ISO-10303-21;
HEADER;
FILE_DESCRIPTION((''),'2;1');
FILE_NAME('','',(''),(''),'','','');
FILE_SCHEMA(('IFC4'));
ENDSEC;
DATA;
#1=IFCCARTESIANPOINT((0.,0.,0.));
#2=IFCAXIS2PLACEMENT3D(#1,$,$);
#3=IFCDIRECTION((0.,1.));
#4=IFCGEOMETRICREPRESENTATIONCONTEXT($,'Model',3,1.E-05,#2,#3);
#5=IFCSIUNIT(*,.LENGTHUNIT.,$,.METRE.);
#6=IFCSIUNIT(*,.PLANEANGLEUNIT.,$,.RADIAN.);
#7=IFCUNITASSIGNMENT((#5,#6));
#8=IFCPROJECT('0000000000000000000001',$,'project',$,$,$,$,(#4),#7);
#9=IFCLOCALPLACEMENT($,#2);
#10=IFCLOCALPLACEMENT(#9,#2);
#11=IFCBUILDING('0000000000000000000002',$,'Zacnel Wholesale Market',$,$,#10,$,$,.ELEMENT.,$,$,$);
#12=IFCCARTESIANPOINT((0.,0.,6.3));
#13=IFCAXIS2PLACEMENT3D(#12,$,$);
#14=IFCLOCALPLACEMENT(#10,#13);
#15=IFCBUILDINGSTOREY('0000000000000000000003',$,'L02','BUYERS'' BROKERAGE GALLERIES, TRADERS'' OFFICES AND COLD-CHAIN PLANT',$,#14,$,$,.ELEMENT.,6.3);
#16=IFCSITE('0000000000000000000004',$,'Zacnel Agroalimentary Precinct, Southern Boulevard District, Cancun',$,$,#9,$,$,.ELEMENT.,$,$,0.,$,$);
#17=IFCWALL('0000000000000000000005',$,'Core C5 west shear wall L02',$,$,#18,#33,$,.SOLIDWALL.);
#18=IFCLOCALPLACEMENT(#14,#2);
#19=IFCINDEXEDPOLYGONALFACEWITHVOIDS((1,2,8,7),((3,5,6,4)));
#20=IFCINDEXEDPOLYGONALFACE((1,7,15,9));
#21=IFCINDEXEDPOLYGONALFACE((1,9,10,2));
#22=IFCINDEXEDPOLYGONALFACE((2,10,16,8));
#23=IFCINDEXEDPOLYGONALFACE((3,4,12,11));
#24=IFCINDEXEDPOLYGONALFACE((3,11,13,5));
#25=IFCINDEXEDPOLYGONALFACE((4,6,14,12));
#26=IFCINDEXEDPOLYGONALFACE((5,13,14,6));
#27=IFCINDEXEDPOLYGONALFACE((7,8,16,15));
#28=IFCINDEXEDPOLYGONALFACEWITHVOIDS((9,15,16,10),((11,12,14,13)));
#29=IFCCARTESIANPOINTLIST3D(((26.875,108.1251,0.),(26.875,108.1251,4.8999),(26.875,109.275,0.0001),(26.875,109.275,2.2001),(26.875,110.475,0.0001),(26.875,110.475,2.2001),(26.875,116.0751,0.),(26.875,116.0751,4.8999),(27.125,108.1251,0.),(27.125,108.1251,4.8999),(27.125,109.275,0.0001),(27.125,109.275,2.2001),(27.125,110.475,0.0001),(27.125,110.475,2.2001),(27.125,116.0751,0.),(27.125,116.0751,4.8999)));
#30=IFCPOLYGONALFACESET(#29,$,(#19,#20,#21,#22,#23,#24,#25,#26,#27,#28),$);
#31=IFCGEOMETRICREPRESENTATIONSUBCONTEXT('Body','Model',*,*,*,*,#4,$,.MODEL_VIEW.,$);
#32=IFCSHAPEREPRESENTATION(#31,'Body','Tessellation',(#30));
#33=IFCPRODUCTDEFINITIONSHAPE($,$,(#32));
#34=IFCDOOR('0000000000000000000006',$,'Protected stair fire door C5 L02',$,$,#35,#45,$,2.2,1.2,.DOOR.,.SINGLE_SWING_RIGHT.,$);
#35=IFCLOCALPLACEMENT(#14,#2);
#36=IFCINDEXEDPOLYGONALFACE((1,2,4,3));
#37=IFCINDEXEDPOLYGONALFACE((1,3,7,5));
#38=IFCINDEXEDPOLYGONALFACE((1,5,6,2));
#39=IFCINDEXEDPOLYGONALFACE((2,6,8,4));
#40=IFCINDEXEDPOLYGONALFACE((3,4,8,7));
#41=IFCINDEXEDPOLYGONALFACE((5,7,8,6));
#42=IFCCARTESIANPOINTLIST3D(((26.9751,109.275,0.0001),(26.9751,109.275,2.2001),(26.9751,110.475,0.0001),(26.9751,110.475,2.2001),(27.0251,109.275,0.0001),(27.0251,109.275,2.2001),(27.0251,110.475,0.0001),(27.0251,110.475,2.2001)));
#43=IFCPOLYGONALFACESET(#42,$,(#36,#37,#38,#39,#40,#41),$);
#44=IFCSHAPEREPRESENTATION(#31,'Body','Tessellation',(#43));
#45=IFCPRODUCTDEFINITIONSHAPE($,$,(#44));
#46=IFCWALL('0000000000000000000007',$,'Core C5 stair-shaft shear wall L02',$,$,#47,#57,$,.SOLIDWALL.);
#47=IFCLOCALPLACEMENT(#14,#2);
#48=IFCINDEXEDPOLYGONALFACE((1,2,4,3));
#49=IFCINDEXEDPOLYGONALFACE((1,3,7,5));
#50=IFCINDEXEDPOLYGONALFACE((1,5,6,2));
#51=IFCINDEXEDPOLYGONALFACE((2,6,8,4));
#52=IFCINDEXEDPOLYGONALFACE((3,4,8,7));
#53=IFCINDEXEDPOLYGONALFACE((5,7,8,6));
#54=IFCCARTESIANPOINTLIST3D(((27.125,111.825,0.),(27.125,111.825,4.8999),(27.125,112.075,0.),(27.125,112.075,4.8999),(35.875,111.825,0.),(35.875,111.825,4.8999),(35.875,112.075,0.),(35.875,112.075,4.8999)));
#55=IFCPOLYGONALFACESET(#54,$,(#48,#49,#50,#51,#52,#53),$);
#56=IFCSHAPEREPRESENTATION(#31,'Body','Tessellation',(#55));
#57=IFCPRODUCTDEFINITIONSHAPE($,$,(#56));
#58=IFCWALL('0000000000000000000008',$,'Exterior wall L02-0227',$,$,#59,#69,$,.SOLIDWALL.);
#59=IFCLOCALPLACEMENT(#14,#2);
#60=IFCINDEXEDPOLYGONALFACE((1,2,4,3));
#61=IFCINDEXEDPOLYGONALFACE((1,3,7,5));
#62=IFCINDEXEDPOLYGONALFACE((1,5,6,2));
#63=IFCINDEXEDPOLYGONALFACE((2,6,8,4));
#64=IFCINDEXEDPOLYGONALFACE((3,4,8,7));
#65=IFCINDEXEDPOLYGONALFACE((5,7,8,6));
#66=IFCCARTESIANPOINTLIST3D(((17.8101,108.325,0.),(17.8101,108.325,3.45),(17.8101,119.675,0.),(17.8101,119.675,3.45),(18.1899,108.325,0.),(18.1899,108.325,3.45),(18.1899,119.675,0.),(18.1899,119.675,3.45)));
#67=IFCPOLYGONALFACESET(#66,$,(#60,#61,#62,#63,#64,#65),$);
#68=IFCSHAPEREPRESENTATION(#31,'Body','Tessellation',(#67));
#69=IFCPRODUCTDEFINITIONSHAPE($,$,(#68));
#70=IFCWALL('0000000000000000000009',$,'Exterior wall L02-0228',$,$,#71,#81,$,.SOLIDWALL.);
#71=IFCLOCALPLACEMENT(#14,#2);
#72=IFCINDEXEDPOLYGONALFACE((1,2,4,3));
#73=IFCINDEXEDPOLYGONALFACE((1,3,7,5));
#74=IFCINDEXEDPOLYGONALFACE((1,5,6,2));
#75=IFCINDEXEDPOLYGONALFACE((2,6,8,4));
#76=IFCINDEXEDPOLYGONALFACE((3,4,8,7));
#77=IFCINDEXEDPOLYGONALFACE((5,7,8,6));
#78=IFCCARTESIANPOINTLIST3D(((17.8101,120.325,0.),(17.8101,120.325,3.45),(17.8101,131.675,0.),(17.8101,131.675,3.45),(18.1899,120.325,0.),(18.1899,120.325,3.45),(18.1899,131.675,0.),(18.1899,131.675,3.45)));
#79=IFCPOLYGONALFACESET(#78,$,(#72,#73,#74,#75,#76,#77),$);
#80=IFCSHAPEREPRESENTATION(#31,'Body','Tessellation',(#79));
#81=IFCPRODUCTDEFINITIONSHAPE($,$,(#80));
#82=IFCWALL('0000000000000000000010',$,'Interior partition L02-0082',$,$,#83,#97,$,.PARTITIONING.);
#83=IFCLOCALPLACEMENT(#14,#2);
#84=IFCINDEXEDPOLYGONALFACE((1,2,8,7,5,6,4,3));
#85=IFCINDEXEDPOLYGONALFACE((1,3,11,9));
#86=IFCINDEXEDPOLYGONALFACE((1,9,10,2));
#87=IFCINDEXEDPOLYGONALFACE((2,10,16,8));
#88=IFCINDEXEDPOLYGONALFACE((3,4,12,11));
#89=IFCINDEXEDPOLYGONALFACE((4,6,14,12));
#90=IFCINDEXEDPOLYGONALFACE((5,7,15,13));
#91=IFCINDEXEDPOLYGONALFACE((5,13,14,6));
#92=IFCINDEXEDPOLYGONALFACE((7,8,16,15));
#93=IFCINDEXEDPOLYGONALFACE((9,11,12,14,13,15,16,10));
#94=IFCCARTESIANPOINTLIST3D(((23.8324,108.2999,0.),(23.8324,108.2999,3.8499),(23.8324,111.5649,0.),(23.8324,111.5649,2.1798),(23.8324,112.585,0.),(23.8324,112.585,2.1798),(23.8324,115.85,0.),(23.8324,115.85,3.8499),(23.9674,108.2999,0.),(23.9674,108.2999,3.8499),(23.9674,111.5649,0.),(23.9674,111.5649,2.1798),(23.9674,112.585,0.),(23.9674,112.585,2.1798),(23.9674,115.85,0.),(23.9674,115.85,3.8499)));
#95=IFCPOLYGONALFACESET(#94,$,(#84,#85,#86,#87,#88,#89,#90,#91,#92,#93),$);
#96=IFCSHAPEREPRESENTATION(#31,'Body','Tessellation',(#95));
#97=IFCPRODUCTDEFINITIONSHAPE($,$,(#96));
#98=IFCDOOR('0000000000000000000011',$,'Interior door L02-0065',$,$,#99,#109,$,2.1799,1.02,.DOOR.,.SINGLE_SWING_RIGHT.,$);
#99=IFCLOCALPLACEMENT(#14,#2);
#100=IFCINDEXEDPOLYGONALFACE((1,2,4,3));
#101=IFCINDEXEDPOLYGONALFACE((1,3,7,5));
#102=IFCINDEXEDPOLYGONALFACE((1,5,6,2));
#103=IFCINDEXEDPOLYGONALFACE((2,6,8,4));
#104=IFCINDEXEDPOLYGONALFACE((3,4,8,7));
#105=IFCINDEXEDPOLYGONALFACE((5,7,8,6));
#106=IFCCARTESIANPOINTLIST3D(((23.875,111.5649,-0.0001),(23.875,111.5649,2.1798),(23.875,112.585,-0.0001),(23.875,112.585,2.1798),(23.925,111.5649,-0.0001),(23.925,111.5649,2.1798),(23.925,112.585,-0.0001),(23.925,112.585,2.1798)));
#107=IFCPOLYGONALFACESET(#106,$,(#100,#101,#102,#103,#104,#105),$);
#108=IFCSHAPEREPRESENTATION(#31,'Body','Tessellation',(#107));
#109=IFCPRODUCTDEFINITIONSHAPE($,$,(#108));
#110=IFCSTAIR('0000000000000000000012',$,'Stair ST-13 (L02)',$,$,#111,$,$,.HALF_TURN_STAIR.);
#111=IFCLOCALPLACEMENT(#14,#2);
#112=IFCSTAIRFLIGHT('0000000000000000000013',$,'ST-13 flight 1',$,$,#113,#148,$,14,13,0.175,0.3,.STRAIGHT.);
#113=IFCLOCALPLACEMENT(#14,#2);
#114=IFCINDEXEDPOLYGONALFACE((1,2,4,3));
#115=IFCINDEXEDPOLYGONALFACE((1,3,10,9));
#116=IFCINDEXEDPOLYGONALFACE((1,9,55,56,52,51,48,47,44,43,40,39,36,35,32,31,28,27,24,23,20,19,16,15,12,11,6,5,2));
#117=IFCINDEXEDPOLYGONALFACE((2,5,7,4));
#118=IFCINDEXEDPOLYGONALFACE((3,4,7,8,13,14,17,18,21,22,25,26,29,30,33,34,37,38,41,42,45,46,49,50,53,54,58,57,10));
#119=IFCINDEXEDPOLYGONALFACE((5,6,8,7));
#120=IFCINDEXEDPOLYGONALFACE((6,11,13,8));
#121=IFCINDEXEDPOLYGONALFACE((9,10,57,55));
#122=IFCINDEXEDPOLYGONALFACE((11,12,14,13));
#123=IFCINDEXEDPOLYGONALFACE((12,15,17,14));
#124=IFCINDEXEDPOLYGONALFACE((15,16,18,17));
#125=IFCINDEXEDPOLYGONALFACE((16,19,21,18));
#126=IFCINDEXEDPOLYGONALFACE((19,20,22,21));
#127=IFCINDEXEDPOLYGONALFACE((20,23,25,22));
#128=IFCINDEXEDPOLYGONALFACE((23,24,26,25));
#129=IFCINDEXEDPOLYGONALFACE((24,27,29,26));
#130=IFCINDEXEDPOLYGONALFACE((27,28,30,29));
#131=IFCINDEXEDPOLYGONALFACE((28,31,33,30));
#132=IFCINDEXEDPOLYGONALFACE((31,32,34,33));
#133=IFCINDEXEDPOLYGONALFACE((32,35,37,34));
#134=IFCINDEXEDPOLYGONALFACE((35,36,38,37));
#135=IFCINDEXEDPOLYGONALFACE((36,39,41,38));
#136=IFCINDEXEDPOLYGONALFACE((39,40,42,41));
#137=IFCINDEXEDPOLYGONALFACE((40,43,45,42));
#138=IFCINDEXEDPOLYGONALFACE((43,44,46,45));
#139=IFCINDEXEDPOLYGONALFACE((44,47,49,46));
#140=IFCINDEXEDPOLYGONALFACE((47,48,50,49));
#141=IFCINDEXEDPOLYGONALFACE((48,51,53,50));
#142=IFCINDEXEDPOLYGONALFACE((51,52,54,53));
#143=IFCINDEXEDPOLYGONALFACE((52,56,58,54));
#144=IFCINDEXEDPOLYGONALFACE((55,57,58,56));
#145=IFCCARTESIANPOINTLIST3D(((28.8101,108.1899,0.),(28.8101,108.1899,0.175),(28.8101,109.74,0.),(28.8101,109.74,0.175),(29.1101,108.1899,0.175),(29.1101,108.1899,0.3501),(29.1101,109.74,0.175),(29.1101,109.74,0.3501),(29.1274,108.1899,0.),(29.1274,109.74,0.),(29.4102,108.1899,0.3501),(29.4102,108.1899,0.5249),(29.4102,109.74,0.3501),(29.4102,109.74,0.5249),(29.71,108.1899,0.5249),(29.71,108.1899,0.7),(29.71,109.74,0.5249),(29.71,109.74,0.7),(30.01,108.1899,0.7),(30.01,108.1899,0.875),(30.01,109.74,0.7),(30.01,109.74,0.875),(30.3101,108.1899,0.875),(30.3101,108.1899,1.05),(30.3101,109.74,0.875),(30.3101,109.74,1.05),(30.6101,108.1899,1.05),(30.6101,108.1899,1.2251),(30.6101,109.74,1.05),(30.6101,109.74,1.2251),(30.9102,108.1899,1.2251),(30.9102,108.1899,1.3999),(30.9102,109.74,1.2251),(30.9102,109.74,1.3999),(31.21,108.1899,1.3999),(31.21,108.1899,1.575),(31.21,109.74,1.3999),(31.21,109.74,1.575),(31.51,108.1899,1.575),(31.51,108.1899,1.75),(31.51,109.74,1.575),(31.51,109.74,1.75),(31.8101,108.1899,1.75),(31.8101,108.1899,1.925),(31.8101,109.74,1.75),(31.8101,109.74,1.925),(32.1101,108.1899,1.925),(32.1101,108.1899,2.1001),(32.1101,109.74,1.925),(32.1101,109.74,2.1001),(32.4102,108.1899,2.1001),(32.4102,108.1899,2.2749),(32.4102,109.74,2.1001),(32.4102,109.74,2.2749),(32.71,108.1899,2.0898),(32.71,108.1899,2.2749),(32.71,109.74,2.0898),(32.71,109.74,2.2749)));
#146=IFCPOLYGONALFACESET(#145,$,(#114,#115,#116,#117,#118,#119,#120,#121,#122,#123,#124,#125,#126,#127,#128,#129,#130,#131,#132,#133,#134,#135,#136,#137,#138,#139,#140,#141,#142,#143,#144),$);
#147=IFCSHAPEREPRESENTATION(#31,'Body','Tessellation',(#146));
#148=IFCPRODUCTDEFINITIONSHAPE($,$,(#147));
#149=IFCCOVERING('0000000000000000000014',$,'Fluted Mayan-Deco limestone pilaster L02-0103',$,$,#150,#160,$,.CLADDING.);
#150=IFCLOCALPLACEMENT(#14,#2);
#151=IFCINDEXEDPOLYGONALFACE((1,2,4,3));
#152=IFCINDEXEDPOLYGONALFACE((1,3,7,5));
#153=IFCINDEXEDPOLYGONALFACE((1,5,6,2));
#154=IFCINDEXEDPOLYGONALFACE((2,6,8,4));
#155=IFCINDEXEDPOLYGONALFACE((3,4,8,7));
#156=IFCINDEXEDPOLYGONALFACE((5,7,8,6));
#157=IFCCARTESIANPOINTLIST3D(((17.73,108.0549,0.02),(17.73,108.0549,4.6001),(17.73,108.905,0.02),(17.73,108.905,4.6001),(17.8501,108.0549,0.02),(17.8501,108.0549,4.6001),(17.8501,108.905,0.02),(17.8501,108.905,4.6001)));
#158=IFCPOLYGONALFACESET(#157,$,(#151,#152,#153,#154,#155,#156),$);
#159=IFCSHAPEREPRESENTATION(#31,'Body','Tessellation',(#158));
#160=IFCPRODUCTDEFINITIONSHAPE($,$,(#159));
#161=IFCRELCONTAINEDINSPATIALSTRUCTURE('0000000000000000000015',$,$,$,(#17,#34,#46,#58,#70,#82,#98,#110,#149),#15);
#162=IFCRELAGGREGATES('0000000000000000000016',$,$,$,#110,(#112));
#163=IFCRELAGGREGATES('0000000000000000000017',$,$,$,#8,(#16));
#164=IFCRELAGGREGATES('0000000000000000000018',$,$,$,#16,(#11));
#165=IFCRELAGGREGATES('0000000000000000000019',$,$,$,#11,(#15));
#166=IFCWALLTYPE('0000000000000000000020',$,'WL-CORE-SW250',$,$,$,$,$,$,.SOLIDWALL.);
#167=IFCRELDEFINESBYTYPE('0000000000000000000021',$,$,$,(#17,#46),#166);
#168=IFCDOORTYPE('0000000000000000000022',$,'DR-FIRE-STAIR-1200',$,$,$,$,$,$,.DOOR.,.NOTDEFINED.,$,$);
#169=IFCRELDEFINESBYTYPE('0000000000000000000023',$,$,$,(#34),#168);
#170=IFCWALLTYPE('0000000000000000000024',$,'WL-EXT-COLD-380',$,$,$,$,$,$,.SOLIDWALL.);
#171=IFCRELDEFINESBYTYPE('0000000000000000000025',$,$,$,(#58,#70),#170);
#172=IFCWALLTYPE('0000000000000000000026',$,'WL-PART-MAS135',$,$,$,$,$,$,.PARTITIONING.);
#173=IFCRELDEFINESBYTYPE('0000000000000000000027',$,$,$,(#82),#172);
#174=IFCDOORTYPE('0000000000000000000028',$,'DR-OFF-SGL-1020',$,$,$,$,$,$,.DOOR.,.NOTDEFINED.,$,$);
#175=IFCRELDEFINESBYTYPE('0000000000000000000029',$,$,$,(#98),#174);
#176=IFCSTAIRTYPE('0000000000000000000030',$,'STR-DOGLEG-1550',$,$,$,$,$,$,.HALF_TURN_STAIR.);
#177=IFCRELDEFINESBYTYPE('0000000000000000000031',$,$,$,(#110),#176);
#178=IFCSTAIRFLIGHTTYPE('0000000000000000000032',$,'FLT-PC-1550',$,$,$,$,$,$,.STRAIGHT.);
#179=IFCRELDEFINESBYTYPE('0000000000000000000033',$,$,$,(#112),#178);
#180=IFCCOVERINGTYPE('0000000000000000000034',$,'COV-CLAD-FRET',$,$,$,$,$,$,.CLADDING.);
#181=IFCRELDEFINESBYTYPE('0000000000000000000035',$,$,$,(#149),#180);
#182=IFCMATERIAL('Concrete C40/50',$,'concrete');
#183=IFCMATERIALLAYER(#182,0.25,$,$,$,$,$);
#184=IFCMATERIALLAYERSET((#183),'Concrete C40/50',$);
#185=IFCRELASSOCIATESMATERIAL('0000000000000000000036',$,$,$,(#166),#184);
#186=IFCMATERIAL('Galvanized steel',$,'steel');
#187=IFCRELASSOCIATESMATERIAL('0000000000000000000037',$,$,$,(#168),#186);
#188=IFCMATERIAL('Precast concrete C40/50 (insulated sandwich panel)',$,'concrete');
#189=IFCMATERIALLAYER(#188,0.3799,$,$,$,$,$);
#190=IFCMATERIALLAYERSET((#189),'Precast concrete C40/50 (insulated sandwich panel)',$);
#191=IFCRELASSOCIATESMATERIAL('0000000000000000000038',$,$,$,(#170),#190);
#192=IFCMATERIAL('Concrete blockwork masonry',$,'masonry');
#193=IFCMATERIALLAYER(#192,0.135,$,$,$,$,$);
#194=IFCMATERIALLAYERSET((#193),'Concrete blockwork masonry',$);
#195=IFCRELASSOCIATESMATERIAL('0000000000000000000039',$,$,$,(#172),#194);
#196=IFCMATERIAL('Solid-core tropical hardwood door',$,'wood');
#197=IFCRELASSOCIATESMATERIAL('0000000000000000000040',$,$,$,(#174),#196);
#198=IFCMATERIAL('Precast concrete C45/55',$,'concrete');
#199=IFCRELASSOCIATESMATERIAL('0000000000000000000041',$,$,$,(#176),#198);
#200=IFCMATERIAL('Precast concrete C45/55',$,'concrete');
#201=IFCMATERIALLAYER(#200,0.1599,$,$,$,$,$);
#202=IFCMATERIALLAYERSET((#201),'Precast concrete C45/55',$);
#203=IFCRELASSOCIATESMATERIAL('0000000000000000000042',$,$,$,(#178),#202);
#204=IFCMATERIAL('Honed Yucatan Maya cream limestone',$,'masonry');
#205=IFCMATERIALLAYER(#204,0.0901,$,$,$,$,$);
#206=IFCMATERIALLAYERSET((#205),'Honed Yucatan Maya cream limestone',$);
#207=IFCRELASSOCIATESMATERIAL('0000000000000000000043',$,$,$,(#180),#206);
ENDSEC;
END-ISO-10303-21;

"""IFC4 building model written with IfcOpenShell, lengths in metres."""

from ifc_helpers import new_model, si_unit, direction, frame, frame_2d, origin, origin_2d, place, context, subcontext, project, spatial, polyline, rectangle, outline, extrude, material, layer, layer_set, type_object, element, fill, aggregate, save


model = new_model("IFC4")

# Units and contexts
model_context = context("Model", 3, precision=1e-05, world=origin(), true_north=direction((0.0, 1.0)))
body_context = subcontext(model_context, "Body", "Model", "MODEL_VIEW")
ifc_project = project(units=[si_unit("LENGTHUNIT", "METRE"), si_unit("PLANEANGLEUNIT", "RADIAN")], contexts=[model_context])

# Site, building, storey
site_placement = place(None, origin())
site = spatial("IfcSite", under=ifc_project, at=site_placement, Name="Zacnel Agroalimentary Precinct, Southern Boulevard District, Cancun", CompositionType="ELEMENT", RefElevation=0.0)
building_placement = place(site_placement, origin())
building = spatial("IfcBuilding", under=site, at=building_placement, Name="Zacnel Wholesale Market", CompositionType="ELEMENT")
storey_placement = place(building_placement, frame((0.0, 0.0, 6.3)))
storey = spatial("IfcBuildingStorey", under=building, at=storey_placement, Name="L02", Description="BUYERS' BROKERAGE GALLERIES, TRADERS' OFFICES AND COLD-CHAIN PLANT", CompositionType="ELEMENT", Elevation=6.3)

# Shared definitions
ifc_material_1 = material(Name="Concrete C40/50", Category="concrete")
ifc_layer_1 = layer(ifc_material_1, 0.25)
ifc_layer_set_1 = layer_set([ifc_layer_1], Name="Concrete C40/50")
wall_type_1 = type_object("IfcWallType", Name="WL-CORE-SW250", PredefinedType="SOLIDWALL", material=ifc_layer_set_1)

# Wall, opening, door
wall_1_placement = place(storey_placement, frame((27.0, 108.125, 0.0), z_axis=(0.0, 0.0, 1.0), x_axis=(0.0, 1.0, 0.0)))
wall_1 = element("IfcWall", 1, at=wall_1_placement, inside=storey, type_object=wall_type_1, Name="Core C5 west shear wall L02", PredefinedType="SOLIDWALL", context=body_context, shape_type="SweptSolid", body=[
    extrude(rectangle(XDim=7.95, YDim=0.25, at=frame_2d((3.9751, 0.0))), origin(), (0.0, 0.0, 1.0), 4.8999),
])
opening_1_placement = place(wall_1_placement, frame((1.1499, 0.0, 0.0)))
opening_1 = element("IfcOpeningElement", 2, at=opening_1_placement, cuts=wall_1, PredefinedType="OPENING", context=body_context, shape_type="SweptSolid", body=[
    extrude(rectangle(XDim=1.2, YDim=2.2, at=frame_2d((0.6001, 1.1001))), frame((0.0, 0.135, 0.0), z_axis=(0.0, -1.0, 0.0), x_axis=(1.0, 0.0, 0.0)), (0.0, 0.0, 1.0), 0.27),
])
ifc_material_2 = material(Name="Galvanized steel", Category="steel")
door_type_1 = type_object("IfcDoorType", Name="DR-FIRE-STAIR-1200", OperationType="NOTDEFINED", PredefinedType="DOOR", material=ifc_material_2)
door_1_placement = place(opening_1_placement, origin())
door_1 = element("IfcDoor", 3, at=door_1_placement, inside=storey, type_object=door_type_1, Name="Protected stair fire door C5 L02", OperationType="SINGLE_SWING_RIGHT", OverallHeight=2.2, OverallWidth=1.2, PredefinedType="DOOR", context=body_context, shape_type="SweptSolid", body=[
    extrude(rectangle(XDim=1.2, YDim=2.2, at=frame_2d((0.6001, 1.1001))), frame((0.0, 0.0249, 0.0), z_axis=(0.0, -1.0, 0.0), x_axis=(1.0, 0.0, 0.0)), (0.0, 0.0, 1.0), 0.05),
])
fill(opening_1, door_1)

# Walls
wall_2_placement = place(storey_placement, frame((27.125, 111.95, 0.0), z_axis=(0.0, 0.0, 1.0), x_axis=(1.0, 0.0, 0.0)))
element("IfcWall", 4, at=wall_2_placement, inside=storey, type_object=wall_type_1, Name="Core C5 stair-shaft shear wall L02", PredefinedType="SOLIDWALL", context=body_context, shape_type="SweptSolid", body=[
    extrude(rectangle(XDim=8.75, YDim=0.25, at=frame_2d((4.375, 0.0))), origin(), (0.0, 0.0, 1.0), 4.8999),
])
ifc_material_3 = material(Name="Precast concrete C40/50 (insulated sandwich panel)", Category="concrete")
ifc_layer_2 = layer(ifc_material_3, 0.3799)
ifc_layer_set_2 = layer_set([ifc_layer_2], Name="Precast concrete C40/50 (insulated sandwich panel)")
wall_type_2 = type_object("IfcWallType", Name="WL-EXT-COLD-380", PredefinedType="SOLIDWALL", material=ifc_layer_set_2)
for number, where, z_axis, x_axis, name in (
    (5, (18.0, 108.325, 0.0), (0.0, 0.0, 1.0), (0.0, 1.0, 0.0), "Exterior wall L02-0227"),
    (6, (18.0, 120.325, 0.0), (0.0, 0.0, 1.0), (0.0, 1.0, 0.0), "Exterior wall L02-0228"),
):
    element("IfcWall", number, at=place(storey_placement, frame(where, z_axis=z_axis, x_axis=x_axis)), inside=storey, type_object=wall_type_2, Name=name, PredefinedType="SOLIDWALL", context=body_context, shape_type="SweptSolid", body=[
        extrude(rectangle(XDim=11.3501, YDim=0.3799, at=frame_2d((5.675, 0.0))), origin(), (0.0, 0.0, 1.0), 3.45),
    ])

# Wall, opening, door
ifc_material_4 = material(Name="Concrete blockwork masonry", Category="masonry")
ifc_layer_3 = layer(ifc_material_4, 0.135)
ifc_layer_set_3 = layer_set([ifc_layer_3], Name="Concrete blockwork masonry")
wall_type_3 = type_object("IfcWallType", Name="WL-PART-MAS135", PredefinedType="PARTITIONING", material=ifc_layer_set_3)
wall_3_placement = place(storey_placement, frame((23.8999, 108.3, 0.0), z_axis=(0.0, 0.0, 1.0), x_axis=(0.0, 1.0, 0.0)))
wall_3 = element("IfcWall", 7, at=wall_3_placement, inside=storey, type_object=wall_type_3, Name="Interior partition L02-0082", PredefinedType="PARTITIONING", context=body_context, shape_type="SweptSolid", body=[
    extrude(rectangle(XDim=7.55, YDim=0.135, at=frame_2d((3.7749, 0.0))), origin(), (0.0, 0.0, 1.0), 3.8499),
])
opening_2_placement = place(wall_3_placement, frame((3.2649, 0.0, 0.0)))
opening_2 = element("IfcOpeningElement", 8, at=opening_2_placement, cuts=wall_3, PredefinedType="OPENING", context=body_context, shape_type="SweptSolid", body=[
    extrude(rectangle(XDim=1.02, YDim=2.1799, at=frame_2d((0.51, 1.0898))), frame((0.0, 0.0774, 0.0), z_axis=(0.0, -1.0, 0.0), x_axis=(1.0, 0.0, 0.0)), (0.0, 0.0, 1.0), 0.155),
])
ifc_material_5 = material(Name="Solid-core tropical hardwood door", Category="wood")
door_type_2 = type_object("IfcDoorType", Name="DR-OFF-SGL-1020", OperationType="NOTDEFINED", PredefinedType="DOOR", material=ifc_material_5)
door_2_placement = place(opening_2_placement, origin())
door_2 = element("IfcDoor", 9, at=door_2_placement, inside=storey, type_object=door_type_2, Name="Interior door L02-0065", OperationType="SINGLE_SWING_RIGHT", OverallHeight=2.1799, OverallWidth=1.02, PredefinedType="DOOR", context=body_context, shape_type="SweptSolid", body=[
    extrude(rectangle(XDim=1.02, YDim=2.1799, at=frame_2d((0.51, 1.0898))), frame((0.0, 0.0249, 0.0), z_axis=(0.0, -1.0, 0.0), x_axis=(1.0, 0.0, 0.0)), (0.0, 0.0, 1.0), 0.05),
])
fill(opening_2, door_2)

# Stair, stair flight
ifc_material_6 = material(Name="Precast concrete C45/55", Category="concrete")
stair_type = type_object("IfcStairType", Name="STR-DOGLEG-1550", PredefinedType="HALF_TURN_STAIR", material=ifc_material_6)
stair_placement = place(storey_placement, origin())
stair = element("IfcStair", 10, at=stair_placement, inside=storey, type_object=stair_type, Name="Stair ST-13 (L02)", PredefinedType="HALF_TURN_STAIR")
ifc_material_7 = material(Name="Precast concrete C45/55", Category="concrete")
ifc_layer_4 = layer(ifc_material_7, 0.1599)
ifc_layer_set_4 = layer_set([ifc_layer_4], Name="Precast concrete C45/55")
stair_flight_type = type_object("IfcStairFlightType", Name="FLT-PC-1550", PredefinedType="STRAIGHT", material=ifc_layer_set_4)
stair_flight_placement = place(storey_placement, frame((28.8101, 108.9651, 0.0), z_axis=(0.0, 0.0, 1.0), x_axis=(1.0, 0.0, 0.0)))
stair_flight = element("IfcStairFlight", 11, at=stair_flight_placement, type_object=stair_flight_type, Name="ST-13 flight 1", NumberOfRisers=14, NumberOfTreads=13, PredefinedType="STRAIGHT", RiserHeight=0.175, TreadLength=0.3, context=body_context, shape_type="SweptSolid", body=[
    extrude(outline(polyline([(0.0, 0.0), (0.0, 0.175), (0.3, 0.175), (0.3, 0.3501), (0.6001, 0.3501), (0.6001, 0.5249), (0.8999, 0.5249), (0.8999, 0.7), (1.2, 0.7), (1.2, 0.875), (1.5, 0.875), (1.5, 1.05), (1.8, 1.05), (1.8, 1.2251), (2.1001, 1.2251), (2.1001, 1.3999), (2.3999, 1.3999), (2.3999, 1.575), (2.7, 1.575), (2.7, 1.75), (3.0, 1.75), (3.0, 1.925), (3.3, 1.925), (3.3, 2.1001), (3.6001, 2.1001), (3.6001, 2.2749), (3.8999, 2.2749), (3.8999, 2.45), (3.8999, 2.0898), (0.3174, 0.0), (0.0, 0.0)])), frame((0.0, 0.7749, 0.0), z_axis=(0.0, -1.0, 0.0), x_axis=(1.0, 0.0, 0.0)), (0.0, 0.0, 1.0), 1.55),
])
aggregate(stair, [stair_flight])

# Covering
ifc_material_8 = material(Name="Honed Yucatan Maya cream limestone", Category="masonry")
ifc_layer_5 = layer(ifc_material_8, 0.0901)
ifc_layer_set_5 = layer_set([ifc_layer_5], Name="Honed Yucatan Maya cream limestone")
covering_type = type_object("IfcCoveringType", Name="COV-CLAD-FRET", PredefinedType="CLADDING", material=ifc_layer_set_5)
covering_placement = place(storey_placement, frame((17.79, 108.48, 0.02), z_axis=(0.0, 0.0, 1.0), x_axis=(0.0, 1.0, 0.0)))
element("IfcCovering", 12, at=covering_placement, inside=storey, type_object=covering_type, Name="Fluted Mayan-Deco limestone pilaster L02-0103", PredefinedType="CLADDING", context=body_context, shape_type="SweptSolid", body=[
    extrude(rectangle(XDim=0.8501, YDim=0.1201, at=origin_2d()), origin(), (0.0, 0.0, 1.0), 4.5801),
])

save(model, "model.ifc")
